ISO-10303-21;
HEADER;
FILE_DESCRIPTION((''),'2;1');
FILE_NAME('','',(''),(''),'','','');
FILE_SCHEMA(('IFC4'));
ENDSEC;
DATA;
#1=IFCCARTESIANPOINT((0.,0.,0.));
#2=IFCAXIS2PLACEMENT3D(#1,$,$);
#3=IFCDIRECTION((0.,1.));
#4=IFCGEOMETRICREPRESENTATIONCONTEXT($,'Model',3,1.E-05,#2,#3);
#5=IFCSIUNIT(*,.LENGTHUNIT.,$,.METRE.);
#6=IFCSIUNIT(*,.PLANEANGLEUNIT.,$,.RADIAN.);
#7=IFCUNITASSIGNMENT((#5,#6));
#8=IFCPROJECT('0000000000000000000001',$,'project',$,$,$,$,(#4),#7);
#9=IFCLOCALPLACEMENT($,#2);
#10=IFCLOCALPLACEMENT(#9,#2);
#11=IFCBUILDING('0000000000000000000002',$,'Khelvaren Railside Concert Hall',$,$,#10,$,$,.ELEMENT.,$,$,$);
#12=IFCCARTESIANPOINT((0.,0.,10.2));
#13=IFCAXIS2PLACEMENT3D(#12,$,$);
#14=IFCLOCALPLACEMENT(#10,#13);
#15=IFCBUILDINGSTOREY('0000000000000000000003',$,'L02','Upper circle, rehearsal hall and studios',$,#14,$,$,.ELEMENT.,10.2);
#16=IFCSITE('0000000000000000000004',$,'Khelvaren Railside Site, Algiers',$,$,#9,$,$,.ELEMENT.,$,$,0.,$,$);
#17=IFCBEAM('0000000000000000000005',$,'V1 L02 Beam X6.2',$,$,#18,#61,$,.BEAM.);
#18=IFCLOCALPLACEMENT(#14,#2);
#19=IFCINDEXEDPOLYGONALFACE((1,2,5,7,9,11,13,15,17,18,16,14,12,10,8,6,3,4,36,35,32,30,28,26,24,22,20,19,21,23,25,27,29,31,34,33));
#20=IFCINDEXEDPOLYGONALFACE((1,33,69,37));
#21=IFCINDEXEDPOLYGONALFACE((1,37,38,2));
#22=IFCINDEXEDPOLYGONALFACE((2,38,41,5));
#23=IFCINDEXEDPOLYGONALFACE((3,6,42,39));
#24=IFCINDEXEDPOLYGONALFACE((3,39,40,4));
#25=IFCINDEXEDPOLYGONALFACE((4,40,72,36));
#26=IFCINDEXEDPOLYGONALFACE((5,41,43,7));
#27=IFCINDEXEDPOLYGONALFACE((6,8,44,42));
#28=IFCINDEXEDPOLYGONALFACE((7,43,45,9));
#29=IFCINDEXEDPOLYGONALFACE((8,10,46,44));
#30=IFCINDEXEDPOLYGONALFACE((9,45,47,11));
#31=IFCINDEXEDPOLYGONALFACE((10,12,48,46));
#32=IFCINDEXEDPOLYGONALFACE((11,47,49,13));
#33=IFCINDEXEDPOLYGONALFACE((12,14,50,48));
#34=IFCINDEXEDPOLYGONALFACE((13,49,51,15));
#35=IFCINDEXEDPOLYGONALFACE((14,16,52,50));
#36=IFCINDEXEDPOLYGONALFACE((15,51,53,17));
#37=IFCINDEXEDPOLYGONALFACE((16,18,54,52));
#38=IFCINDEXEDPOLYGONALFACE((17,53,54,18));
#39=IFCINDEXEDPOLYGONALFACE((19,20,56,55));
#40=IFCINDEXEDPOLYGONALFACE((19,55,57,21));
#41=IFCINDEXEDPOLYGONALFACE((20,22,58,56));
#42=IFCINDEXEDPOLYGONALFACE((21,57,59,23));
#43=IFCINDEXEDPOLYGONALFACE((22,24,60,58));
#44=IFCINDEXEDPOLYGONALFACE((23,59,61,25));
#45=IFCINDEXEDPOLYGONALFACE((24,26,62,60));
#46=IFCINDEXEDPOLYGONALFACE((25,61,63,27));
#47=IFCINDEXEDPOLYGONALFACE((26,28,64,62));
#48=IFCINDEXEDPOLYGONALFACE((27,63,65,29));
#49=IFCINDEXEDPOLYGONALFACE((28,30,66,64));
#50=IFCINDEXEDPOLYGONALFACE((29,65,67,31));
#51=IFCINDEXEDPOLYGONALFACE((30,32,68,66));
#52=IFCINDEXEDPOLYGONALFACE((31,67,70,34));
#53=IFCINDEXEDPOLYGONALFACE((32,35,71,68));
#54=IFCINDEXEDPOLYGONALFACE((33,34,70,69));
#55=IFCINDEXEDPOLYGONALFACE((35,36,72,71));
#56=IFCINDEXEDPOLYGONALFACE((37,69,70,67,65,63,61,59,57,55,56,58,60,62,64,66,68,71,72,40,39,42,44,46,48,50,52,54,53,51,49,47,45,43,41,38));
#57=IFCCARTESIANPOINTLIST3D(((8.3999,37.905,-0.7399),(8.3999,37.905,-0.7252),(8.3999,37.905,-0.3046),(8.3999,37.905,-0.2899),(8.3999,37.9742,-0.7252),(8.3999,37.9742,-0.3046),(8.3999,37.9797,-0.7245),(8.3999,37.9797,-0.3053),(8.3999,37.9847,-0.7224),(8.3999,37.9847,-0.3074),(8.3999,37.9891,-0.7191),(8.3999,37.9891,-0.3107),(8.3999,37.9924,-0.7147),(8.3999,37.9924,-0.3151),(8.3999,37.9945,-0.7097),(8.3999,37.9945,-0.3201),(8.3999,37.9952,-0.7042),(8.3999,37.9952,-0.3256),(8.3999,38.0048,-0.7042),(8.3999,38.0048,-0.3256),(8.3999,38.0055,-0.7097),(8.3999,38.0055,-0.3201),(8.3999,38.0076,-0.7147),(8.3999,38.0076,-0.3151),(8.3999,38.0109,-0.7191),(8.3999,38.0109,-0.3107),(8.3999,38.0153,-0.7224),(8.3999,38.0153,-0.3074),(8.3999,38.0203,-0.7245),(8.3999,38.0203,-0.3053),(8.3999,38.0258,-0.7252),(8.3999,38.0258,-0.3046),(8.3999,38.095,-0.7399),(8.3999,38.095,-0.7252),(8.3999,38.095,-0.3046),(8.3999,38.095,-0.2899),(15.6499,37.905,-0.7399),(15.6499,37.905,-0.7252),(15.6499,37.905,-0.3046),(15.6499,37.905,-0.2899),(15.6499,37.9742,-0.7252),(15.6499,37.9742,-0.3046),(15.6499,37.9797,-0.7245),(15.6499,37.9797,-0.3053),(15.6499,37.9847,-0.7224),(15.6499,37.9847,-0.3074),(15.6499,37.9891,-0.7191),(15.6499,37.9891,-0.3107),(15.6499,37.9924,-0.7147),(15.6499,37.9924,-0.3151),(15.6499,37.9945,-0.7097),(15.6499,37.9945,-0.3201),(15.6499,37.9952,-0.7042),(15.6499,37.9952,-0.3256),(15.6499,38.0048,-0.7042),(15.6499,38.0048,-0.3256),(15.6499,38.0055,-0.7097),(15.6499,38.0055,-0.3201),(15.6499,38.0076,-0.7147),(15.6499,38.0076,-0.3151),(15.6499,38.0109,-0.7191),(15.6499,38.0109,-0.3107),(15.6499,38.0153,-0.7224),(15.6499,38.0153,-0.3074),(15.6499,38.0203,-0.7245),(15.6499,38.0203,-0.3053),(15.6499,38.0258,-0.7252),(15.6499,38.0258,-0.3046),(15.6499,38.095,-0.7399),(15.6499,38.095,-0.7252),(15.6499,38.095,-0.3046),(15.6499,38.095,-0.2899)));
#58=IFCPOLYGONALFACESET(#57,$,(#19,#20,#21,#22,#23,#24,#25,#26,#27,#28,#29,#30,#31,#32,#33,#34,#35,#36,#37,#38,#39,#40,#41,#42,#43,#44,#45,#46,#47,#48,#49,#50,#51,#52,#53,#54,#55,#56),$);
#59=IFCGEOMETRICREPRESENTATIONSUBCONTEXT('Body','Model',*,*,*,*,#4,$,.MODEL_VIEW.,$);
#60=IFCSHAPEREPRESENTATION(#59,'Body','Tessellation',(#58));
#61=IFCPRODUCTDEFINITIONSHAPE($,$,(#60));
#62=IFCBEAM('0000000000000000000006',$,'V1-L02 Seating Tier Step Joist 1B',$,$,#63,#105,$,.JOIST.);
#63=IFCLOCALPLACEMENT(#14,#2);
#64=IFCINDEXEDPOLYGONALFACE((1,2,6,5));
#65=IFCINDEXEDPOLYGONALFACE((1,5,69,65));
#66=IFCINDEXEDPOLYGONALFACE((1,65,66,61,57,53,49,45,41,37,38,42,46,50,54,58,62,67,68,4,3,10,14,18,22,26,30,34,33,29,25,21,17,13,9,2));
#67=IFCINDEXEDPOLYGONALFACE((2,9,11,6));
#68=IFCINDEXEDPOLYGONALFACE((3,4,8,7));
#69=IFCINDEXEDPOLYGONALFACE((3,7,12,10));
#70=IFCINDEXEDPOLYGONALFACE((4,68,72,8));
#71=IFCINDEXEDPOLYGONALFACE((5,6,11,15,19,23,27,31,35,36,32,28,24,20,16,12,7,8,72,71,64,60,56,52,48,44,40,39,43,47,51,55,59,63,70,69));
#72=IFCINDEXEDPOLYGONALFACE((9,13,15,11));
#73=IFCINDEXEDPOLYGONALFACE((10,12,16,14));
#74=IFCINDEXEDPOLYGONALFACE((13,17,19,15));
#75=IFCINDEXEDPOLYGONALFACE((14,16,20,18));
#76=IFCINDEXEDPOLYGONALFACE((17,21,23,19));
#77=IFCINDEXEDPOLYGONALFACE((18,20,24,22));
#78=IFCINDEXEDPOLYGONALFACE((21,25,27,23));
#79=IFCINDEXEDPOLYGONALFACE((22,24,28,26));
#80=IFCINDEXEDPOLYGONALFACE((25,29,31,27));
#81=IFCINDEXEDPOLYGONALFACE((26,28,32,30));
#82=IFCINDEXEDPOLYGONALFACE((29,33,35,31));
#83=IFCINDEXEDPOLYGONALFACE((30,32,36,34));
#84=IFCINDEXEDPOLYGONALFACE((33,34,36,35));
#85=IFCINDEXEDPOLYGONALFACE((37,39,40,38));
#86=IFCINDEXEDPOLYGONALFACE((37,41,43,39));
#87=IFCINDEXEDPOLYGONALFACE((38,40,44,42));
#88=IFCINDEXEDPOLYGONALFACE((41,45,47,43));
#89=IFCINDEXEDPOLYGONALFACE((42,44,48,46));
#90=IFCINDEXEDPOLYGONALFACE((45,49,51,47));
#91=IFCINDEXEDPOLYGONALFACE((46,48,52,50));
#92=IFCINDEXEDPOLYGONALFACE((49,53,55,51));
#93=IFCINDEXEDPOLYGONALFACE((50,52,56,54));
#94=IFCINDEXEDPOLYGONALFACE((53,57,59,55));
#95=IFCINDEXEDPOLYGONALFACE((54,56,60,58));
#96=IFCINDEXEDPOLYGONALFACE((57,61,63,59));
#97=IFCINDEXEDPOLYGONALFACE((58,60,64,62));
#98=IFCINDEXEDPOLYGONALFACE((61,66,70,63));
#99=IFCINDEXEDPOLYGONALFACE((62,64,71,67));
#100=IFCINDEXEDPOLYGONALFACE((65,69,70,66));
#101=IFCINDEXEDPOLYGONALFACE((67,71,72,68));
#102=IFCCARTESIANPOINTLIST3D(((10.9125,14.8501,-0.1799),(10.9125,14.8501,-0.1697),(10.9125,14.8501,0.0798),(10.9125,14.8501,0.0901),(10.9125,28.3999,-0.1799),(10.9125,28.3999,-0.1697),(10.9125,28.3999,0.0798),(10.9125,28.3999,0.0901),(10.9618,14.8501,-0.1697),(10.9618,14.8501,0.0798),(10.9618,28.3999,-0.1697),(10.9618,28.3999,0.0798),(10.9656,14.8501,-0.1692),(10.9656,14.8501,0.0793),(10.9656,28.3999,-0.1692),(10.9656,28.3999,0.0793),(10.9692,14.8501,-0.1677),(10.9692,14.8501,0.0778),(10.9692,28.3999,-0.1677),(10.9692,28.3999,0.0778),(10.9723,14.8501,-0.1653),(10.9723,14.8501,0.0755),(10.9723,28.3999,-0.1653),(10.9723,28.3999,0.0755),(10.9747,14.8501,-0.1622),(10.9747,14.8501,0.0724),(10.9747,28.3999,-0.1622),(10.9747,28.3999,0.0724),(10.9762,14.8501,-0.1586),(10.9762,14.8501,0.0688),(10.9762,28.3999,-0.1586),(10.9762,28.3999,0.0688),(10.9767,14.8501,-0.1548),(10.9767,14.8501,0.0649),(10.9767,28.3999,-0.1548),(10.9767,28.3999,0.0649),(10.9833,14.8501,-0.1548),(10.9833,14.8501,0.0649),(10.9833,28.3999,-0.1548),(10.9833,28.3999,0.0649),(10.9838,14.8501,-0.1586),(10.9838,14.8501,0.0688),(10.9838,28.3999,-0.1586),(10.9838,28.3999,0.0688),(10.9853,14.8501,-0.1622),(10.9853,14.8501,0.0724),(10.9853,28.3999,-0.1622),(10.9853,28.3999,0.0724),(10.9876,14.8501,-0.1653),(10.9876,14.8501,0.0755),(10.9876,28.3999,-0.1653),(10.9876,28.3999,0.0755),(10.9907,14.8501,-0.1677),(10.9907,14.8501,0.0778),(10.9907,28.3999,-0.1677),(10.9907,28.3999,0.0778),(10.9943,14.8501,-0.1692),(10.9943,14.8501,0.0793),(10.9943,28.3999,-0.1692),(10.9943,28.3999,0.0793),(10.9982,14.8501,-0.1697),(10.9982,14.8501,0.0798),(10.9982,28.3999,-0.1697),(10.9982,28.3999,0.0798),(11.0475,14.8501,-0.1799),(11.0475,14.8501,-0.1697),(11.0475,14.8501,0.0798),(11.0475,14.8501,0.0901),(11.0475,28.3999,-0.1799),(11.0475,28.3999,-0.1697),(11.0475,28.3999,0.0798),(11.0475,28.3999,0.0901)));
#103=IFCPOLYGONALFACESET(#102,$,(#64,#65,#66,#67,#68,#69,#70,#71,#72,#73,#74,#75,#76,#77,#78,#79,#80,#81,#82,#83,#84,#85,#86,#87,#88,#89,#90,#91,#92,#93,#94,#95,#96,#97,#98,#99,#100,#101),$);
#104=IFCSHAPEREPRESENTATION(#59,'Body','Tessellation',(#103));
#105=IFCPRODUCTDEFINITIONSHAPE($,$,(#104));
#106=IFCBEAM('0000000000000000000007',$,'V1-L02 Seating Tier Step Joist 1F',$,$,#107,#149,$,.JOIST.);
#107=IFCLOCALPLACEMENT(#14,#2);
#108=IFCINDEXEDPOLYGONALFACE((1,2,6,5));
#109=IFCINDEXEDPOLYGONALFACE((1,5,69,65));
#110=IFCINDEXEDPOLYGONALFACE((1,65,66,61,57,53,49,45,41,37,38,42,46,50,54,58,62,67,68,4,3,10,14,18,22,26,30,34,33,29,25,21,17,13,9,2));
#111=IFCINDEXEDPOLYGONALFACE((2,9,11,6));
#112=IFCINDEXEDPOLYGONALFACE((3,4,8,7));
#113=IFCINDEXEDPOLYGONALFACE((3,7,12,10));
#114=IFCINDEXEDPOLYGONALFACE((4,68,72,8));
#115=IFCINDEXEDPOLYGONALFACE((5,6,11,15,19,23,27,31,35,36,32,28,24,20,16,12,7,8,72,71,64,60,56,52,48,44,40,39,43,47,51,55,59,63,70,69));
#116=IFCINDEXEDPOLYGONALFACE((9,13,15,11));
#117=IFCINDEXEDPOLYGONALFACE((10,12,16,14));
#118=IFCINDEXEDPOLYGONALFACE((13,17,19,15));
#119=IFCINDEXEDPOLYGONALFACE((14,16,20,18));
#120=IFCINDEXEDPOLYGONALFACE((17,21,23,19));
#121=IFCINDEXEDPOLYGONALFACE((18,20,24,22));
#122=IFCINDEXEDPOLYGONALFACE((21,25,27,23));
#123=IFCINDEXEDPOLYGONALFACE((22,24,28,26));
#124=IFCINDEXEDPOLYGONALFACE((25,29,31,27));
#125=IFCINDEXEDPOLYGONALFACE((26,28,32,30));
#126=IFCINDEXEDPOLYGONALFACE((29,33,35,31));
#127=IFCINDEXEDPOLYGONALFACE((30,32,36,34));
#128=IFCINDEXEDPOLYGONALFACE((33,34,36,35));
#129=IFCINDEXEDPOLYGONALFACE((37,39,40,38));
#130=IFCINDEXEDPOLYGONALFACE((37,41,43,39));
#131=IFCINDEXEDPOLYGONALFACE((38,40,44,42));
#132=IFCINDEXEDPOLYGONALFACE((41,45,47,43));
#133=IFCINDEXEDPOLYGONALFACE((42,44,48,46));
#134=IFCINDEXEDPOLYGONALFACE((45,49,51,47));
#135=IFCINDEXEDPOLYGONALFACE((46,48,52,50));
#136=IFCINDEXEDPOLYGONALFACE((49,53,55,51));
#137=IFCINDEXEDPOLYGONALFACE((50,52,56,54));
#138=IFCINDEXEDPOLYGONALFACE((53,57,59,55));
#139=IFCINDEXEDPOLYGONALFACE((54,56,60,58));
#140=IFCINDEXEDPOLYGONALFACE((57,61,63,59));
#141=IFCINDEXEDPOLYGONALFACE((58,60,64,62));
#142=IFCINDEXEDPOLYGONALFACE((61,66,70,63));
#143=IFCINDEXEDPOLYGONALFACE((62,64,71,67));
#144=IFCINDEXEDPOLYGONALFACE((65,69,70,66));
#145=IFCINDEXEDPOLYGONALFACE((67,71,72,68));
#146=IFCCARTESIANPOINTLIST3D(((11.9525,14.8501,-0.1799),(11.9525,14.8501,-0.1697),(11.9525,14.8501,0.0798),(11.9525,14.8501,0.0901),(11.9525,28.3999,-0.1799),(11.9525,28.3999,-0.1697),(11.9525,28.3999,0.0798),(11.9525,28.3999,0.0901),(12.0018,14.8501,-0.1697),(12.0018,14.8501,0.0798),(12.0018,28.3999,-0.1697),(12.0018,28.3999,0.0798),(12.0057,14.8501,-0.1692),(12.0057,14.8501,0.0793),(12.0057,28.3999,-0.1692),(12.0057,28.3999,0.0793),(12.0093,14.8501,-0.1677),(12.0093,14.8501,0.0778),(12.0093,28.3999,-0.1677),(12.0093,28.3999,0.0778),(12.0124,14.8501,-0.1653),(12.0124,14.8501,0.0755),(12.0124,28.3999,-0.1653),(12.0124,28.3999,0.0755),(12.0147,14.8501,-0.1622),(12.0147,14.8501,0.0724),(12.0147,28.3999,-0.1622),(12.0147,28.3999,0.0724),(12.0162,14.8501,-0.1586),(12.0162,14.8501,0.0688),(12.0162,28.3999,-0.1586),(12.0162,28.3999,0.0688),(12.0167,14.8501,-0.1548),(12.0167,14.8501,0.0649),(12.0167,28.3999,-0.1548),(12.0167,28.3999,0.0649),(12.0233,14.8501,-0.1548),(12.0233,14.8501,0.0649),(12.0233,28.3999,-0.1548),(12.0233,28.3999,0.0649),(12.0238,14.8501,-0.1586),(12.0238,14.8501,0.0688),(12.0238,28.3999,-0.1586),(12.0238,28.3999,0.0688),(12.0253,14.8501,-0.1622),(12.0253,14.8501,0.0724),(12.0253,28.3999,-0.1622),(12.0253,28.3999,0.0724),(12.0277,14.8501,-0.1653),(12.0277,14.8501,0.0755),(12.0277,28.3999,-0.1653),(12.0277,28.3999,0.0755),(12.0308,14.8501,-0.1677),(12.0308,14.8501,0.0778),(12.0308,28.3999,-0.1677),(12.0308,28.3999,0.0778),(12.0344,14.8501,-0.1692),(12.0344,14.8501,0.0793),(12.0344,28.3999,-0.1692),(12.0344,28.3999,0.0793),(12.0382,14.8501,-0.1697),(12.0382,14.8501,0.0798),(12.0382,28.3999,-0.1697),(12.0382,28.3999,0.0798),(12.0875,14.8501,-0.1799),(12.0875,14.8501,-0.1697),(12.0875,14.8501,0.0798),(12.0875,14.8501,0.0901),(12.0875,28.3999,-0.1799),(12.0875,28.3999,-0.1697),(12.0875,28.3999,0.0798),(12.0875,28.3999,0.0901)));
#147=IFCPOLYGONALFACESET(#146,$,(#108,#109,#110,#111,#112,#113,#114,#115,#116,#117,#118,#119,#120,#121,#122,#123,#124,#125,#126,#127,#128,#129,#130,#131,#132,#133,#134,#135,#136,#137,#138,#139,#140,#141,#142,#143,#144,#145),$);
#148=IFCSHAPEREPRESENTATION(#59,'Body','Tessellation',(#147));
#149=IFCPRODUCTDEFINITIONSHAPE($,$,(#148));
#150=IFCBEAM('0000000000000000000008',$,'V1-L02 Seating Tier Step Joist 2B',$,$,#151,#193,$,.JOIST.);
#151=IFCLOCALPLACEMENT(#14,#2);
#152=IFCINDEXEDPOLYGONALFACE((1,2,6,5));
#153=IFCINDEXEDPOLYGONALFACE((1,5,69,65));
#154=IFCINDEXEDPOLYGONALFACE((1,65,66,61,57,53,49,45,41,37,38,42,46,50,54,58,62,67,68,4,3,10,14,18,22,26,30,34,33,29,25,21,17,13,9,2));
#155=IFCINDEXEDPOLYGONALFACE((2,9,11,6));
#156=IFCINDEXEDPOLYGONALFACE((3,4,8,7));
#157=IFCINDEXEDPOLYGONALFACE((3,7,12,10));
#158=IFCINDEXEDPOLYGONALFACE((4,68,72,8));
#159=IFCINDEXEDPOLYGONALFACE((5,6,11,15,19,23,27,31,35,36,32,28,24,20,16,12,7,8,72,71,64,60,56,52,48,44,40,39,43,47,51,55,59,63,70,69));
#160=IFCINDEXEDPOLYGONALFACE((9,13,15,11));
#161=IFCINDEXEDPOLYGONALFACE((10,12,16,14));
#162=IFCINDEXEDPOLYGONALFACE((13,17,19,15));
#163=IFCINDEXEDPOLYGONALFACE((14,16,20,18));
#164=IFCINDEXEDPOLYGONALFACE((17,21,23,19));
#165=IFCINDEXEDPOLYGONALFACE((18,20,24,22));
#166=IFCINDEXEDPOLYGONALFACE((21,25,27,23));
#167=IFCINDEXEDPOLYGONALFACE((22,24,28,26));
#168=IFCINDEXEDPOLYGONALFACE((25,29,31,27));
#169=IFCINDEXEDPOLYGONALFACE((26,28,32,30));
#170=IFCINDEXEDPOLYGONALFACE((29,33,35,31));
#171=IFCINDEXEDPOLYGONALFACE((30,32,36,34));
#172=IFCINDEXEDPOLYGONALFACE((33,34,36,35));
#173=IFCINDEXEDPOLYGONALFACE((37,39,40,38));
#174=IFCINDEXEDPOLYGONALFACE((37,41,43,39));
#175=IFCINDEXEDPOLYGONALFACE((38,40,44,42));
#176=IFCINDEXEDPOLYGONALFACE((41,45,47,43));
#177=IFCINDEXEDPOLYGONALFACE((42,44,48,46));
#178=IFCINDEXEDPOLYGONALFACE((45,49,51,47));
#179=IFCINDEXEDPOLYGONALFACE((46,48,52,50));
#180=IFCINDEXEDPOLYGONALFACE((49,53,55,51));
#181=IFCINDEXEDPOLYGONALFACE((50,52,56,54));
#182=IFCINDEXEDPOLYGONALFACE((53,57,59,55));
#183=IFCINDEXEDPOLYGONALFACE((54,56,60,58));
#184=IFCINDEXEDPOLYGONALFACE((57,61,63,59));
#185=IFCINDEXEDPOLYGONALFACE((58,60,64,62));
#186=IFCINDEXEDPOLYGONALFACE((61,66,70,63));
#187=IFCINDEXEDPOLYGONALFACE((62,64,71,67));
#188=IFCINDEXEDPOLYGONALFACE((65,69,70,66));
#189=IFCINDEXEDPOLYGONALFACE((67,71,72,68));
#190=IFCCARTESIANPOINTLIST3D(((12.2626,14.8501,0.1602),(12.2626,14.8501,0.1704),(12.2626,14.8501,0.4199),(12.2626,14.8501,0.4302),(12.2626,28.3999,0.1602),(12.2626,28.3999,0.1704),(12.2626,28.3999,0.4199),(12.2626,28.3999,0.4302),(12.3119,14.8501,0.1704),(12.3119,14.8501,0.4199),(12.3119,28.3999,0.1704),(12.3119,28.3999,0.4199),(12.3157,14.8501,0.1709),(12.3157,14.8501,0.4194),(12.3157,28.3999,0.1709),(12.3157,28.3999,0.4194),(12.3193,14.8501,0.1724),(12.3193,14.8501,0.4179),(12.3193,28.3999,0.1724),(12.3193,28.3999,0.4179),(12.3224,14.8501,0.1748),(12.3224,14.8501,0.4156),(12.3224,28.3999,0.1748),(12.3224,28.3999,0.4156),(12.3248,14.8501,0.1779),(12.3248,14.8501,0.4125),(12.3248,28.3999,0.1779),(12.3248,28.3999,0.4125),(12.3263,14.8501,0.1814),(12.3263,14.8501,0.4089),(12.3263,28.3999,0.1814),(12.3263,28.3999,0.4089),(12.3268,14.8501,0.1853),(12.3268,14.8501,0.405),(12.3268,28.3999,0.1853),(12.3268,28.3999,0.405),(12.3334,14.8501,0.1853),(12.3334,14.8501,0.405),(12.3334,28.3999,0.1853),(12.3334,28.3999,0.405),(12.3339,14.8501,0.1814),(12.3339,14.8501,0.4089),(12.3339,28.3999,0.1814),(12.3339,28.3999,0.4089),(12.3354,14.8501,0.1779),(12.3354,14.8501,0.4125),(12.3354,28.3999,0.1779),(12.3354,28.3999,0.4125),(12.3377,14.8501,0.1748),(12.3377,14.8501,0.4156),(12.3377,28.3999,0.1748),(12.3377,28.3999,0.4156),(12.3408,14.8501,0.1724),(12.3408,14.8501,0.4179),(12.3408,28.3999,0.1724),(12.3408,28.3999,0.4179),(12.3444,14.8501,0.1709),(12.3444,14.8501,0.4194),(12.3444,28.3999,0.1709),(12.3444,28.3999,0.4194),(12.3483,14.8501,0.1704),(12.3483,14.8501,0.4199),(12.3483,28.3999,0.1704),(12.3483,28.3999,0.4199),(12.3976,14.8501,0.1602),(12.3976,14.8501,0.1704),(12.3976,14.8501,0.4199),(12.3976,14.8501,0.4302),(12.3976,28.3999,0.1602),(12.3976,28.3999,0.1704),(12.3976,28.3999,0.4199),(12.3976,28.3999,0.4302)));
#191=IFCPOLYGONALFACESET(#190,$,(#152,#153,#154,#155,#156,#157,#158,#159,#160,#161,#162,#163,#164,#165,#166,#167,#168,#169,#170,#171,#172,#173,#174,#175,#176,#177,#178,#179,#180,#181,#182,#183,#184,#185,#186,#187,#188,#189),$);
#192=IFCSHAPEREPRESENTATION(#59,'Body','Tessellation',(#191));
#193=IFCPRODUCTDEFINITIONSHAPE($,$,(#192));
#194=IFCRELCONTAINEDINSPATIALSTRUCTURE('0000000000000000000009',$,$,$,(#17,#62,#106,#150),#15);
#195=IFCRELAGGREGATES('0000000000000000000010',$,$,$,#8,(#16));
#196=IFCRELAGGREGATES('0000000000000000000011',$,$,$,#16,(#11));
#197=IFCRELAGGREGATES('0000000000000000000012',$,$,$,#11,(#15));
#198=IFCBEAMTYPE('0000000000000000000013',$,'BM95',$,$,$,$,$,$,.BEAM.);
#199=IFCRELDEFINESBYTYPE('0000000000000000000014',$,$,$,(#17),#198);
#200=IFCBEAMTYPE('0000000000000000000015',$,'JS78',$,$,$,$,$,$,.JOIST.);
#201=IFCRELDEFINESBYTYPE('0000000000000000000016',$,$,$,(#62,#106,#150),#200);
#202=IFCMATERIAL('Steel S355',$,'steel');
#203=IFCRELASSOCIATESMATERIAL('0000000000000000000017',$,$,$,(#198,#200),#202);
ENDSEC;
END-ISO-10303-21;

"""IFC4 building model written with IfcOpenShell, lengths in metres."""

from ifc_helpers import new_model, si_unit, direction, frame, origin, origin_2d, place, context, subcontext, project, spatial, i_section, extrude, material, material_profile, profile_set, type_object, element, save


model = new_model("IFC4")

# Units and contexts
model_context = context("Model", 3, precision=1e-05, world=origin(), true_north=direction((0.0, 1.0)))
body_context = subcontext(model_context, "Body", "Model", "MODEL_VIEW")
ifc_project = project(units=[si_unit("LENGTHUNIT", "METRE"), si_unit("PLANEANGLEUNIT", "RADIAN")], contexts=[model_context])

# Site, building, storey
site_placement = place(None, origin())
site = spatial("IfcSite", under=ifc_project, at=site_placement, Name="Khelvaren Railside Site, Algiers", CompositionType="ELEMENT", RefElevation=0.0)
building_placement = place(site_placement, origin())
building = spatial("IfcBuilding", under=site, at=building_placement, Name="Khelvaren Railside Concert Hall", CompositionType="ELEMENT")
storey_placement = place(building_placement, frame((0.0, 0.0, 10.2)))
storey = spatial("IfcBuildingStorey", under=building, at=storey_placement, Name="L02", Description="Upper circle, rehearsal hall and studios", CompositionType="ELEMENT", Elevation=10.2)

# Beams
ifc_material_1 = material(Name="Steel S355", Category="steel")
ifc_material_profile_1 = material_profile(ifc_material_1, i_section(OverallWidth=0.1899, OverallDepth=0.45, WebThickness=0.0095, FlangeThickness=0.0146, FilletRadius=0.021, at=origin_2d()), Name="IPE 450")
ifc_profile_set_1 = profile_set([ifc_material_profile_1], Name="Steel S355")
beam_type_1 = type_object("IfcBeamType", Name="BM95", PredefinedType="BEAM", material=ifc_profile_set_1)
beam_placement = place(storey_placement, frame((8.3999, 38.0, -0.5149), z_axis=(1.0, 0.0, 0.0), x_axis=(0.0, 1.0, 0.0)))
element("IfcBeam", 1, at=beam_placement, inside=storey, type_object=beam_type_1, Name="V1 L02 Beam X6.2", PredefinedType="BEAM", context=body_context, shape_type="SweptSolid", body=[
    extrude(i_section(OverallWidth=0.1899, OverallDepth=0.45, WebThickness=0.0095, FlangeThickness=0.0146, FilletRadius=0.021, at=origin_2d()), origin(), (0.0, 0.0, 1.0), 7.25),
])
ifc_material_profile_2 = material_profile(ifc_material_1, i_section(OverallWidth=0.135, OverallDepth=0.27, WebThickness=0.0066, FlangeThickness=0.0103, FilletRadius=0.0149, at=origin_2d()), Name="IPE 270")
ifc_profile_set_2 = profile_set([ifc_material_profile_2], Name="Steel S355")
beam_type_2 = type_object("IfcBeamType", Name="JS78", PredefinedType="JOIST", material=ifc_profile_set_2)
for number, where, z_axis, x_axis, name in (
    (2, (10.98, 14.8501, -0.0449), (0.0, 1.0, 0.0), (-1.0, 0.0, 0.0), "V1-L02 Seating Tier Step Joist 1B"),
    (3, (12.02, 14.8501, -0.0449), (0.0, 1.0, 0.0), (-1.0, 0.0, 0.0), "V1-L02 Seating Tier Step Joist 1F"),
    (4, (12.3301, 14.8501, 0.2952), (0.0, 1.0, 0.0), (-1.0, 0.0, 0.0), "V1-L02 Seating Tier Step Joist 2B"),
):
    element("IfcBeam", number, at=place(storey_placement, frame(where, z_axis=z_axis, x_axis=x_axis)), inside=storey, type_object=beam_type_2, Name=name, PredefinedType="JOIST", context=body_context, shape_type="SweptSolid", body=[
        extrude(i_section(OverallWidth=0.135, OverallDepth=0.27, WebThickness=0.0066, FlangeThickness=0.0103, FilletRadius=0.0149, at=origin_2d()), origin(), (0.0, 0.0, 1.0), 13.5498),
    ])

save(model, "model.ifc")
